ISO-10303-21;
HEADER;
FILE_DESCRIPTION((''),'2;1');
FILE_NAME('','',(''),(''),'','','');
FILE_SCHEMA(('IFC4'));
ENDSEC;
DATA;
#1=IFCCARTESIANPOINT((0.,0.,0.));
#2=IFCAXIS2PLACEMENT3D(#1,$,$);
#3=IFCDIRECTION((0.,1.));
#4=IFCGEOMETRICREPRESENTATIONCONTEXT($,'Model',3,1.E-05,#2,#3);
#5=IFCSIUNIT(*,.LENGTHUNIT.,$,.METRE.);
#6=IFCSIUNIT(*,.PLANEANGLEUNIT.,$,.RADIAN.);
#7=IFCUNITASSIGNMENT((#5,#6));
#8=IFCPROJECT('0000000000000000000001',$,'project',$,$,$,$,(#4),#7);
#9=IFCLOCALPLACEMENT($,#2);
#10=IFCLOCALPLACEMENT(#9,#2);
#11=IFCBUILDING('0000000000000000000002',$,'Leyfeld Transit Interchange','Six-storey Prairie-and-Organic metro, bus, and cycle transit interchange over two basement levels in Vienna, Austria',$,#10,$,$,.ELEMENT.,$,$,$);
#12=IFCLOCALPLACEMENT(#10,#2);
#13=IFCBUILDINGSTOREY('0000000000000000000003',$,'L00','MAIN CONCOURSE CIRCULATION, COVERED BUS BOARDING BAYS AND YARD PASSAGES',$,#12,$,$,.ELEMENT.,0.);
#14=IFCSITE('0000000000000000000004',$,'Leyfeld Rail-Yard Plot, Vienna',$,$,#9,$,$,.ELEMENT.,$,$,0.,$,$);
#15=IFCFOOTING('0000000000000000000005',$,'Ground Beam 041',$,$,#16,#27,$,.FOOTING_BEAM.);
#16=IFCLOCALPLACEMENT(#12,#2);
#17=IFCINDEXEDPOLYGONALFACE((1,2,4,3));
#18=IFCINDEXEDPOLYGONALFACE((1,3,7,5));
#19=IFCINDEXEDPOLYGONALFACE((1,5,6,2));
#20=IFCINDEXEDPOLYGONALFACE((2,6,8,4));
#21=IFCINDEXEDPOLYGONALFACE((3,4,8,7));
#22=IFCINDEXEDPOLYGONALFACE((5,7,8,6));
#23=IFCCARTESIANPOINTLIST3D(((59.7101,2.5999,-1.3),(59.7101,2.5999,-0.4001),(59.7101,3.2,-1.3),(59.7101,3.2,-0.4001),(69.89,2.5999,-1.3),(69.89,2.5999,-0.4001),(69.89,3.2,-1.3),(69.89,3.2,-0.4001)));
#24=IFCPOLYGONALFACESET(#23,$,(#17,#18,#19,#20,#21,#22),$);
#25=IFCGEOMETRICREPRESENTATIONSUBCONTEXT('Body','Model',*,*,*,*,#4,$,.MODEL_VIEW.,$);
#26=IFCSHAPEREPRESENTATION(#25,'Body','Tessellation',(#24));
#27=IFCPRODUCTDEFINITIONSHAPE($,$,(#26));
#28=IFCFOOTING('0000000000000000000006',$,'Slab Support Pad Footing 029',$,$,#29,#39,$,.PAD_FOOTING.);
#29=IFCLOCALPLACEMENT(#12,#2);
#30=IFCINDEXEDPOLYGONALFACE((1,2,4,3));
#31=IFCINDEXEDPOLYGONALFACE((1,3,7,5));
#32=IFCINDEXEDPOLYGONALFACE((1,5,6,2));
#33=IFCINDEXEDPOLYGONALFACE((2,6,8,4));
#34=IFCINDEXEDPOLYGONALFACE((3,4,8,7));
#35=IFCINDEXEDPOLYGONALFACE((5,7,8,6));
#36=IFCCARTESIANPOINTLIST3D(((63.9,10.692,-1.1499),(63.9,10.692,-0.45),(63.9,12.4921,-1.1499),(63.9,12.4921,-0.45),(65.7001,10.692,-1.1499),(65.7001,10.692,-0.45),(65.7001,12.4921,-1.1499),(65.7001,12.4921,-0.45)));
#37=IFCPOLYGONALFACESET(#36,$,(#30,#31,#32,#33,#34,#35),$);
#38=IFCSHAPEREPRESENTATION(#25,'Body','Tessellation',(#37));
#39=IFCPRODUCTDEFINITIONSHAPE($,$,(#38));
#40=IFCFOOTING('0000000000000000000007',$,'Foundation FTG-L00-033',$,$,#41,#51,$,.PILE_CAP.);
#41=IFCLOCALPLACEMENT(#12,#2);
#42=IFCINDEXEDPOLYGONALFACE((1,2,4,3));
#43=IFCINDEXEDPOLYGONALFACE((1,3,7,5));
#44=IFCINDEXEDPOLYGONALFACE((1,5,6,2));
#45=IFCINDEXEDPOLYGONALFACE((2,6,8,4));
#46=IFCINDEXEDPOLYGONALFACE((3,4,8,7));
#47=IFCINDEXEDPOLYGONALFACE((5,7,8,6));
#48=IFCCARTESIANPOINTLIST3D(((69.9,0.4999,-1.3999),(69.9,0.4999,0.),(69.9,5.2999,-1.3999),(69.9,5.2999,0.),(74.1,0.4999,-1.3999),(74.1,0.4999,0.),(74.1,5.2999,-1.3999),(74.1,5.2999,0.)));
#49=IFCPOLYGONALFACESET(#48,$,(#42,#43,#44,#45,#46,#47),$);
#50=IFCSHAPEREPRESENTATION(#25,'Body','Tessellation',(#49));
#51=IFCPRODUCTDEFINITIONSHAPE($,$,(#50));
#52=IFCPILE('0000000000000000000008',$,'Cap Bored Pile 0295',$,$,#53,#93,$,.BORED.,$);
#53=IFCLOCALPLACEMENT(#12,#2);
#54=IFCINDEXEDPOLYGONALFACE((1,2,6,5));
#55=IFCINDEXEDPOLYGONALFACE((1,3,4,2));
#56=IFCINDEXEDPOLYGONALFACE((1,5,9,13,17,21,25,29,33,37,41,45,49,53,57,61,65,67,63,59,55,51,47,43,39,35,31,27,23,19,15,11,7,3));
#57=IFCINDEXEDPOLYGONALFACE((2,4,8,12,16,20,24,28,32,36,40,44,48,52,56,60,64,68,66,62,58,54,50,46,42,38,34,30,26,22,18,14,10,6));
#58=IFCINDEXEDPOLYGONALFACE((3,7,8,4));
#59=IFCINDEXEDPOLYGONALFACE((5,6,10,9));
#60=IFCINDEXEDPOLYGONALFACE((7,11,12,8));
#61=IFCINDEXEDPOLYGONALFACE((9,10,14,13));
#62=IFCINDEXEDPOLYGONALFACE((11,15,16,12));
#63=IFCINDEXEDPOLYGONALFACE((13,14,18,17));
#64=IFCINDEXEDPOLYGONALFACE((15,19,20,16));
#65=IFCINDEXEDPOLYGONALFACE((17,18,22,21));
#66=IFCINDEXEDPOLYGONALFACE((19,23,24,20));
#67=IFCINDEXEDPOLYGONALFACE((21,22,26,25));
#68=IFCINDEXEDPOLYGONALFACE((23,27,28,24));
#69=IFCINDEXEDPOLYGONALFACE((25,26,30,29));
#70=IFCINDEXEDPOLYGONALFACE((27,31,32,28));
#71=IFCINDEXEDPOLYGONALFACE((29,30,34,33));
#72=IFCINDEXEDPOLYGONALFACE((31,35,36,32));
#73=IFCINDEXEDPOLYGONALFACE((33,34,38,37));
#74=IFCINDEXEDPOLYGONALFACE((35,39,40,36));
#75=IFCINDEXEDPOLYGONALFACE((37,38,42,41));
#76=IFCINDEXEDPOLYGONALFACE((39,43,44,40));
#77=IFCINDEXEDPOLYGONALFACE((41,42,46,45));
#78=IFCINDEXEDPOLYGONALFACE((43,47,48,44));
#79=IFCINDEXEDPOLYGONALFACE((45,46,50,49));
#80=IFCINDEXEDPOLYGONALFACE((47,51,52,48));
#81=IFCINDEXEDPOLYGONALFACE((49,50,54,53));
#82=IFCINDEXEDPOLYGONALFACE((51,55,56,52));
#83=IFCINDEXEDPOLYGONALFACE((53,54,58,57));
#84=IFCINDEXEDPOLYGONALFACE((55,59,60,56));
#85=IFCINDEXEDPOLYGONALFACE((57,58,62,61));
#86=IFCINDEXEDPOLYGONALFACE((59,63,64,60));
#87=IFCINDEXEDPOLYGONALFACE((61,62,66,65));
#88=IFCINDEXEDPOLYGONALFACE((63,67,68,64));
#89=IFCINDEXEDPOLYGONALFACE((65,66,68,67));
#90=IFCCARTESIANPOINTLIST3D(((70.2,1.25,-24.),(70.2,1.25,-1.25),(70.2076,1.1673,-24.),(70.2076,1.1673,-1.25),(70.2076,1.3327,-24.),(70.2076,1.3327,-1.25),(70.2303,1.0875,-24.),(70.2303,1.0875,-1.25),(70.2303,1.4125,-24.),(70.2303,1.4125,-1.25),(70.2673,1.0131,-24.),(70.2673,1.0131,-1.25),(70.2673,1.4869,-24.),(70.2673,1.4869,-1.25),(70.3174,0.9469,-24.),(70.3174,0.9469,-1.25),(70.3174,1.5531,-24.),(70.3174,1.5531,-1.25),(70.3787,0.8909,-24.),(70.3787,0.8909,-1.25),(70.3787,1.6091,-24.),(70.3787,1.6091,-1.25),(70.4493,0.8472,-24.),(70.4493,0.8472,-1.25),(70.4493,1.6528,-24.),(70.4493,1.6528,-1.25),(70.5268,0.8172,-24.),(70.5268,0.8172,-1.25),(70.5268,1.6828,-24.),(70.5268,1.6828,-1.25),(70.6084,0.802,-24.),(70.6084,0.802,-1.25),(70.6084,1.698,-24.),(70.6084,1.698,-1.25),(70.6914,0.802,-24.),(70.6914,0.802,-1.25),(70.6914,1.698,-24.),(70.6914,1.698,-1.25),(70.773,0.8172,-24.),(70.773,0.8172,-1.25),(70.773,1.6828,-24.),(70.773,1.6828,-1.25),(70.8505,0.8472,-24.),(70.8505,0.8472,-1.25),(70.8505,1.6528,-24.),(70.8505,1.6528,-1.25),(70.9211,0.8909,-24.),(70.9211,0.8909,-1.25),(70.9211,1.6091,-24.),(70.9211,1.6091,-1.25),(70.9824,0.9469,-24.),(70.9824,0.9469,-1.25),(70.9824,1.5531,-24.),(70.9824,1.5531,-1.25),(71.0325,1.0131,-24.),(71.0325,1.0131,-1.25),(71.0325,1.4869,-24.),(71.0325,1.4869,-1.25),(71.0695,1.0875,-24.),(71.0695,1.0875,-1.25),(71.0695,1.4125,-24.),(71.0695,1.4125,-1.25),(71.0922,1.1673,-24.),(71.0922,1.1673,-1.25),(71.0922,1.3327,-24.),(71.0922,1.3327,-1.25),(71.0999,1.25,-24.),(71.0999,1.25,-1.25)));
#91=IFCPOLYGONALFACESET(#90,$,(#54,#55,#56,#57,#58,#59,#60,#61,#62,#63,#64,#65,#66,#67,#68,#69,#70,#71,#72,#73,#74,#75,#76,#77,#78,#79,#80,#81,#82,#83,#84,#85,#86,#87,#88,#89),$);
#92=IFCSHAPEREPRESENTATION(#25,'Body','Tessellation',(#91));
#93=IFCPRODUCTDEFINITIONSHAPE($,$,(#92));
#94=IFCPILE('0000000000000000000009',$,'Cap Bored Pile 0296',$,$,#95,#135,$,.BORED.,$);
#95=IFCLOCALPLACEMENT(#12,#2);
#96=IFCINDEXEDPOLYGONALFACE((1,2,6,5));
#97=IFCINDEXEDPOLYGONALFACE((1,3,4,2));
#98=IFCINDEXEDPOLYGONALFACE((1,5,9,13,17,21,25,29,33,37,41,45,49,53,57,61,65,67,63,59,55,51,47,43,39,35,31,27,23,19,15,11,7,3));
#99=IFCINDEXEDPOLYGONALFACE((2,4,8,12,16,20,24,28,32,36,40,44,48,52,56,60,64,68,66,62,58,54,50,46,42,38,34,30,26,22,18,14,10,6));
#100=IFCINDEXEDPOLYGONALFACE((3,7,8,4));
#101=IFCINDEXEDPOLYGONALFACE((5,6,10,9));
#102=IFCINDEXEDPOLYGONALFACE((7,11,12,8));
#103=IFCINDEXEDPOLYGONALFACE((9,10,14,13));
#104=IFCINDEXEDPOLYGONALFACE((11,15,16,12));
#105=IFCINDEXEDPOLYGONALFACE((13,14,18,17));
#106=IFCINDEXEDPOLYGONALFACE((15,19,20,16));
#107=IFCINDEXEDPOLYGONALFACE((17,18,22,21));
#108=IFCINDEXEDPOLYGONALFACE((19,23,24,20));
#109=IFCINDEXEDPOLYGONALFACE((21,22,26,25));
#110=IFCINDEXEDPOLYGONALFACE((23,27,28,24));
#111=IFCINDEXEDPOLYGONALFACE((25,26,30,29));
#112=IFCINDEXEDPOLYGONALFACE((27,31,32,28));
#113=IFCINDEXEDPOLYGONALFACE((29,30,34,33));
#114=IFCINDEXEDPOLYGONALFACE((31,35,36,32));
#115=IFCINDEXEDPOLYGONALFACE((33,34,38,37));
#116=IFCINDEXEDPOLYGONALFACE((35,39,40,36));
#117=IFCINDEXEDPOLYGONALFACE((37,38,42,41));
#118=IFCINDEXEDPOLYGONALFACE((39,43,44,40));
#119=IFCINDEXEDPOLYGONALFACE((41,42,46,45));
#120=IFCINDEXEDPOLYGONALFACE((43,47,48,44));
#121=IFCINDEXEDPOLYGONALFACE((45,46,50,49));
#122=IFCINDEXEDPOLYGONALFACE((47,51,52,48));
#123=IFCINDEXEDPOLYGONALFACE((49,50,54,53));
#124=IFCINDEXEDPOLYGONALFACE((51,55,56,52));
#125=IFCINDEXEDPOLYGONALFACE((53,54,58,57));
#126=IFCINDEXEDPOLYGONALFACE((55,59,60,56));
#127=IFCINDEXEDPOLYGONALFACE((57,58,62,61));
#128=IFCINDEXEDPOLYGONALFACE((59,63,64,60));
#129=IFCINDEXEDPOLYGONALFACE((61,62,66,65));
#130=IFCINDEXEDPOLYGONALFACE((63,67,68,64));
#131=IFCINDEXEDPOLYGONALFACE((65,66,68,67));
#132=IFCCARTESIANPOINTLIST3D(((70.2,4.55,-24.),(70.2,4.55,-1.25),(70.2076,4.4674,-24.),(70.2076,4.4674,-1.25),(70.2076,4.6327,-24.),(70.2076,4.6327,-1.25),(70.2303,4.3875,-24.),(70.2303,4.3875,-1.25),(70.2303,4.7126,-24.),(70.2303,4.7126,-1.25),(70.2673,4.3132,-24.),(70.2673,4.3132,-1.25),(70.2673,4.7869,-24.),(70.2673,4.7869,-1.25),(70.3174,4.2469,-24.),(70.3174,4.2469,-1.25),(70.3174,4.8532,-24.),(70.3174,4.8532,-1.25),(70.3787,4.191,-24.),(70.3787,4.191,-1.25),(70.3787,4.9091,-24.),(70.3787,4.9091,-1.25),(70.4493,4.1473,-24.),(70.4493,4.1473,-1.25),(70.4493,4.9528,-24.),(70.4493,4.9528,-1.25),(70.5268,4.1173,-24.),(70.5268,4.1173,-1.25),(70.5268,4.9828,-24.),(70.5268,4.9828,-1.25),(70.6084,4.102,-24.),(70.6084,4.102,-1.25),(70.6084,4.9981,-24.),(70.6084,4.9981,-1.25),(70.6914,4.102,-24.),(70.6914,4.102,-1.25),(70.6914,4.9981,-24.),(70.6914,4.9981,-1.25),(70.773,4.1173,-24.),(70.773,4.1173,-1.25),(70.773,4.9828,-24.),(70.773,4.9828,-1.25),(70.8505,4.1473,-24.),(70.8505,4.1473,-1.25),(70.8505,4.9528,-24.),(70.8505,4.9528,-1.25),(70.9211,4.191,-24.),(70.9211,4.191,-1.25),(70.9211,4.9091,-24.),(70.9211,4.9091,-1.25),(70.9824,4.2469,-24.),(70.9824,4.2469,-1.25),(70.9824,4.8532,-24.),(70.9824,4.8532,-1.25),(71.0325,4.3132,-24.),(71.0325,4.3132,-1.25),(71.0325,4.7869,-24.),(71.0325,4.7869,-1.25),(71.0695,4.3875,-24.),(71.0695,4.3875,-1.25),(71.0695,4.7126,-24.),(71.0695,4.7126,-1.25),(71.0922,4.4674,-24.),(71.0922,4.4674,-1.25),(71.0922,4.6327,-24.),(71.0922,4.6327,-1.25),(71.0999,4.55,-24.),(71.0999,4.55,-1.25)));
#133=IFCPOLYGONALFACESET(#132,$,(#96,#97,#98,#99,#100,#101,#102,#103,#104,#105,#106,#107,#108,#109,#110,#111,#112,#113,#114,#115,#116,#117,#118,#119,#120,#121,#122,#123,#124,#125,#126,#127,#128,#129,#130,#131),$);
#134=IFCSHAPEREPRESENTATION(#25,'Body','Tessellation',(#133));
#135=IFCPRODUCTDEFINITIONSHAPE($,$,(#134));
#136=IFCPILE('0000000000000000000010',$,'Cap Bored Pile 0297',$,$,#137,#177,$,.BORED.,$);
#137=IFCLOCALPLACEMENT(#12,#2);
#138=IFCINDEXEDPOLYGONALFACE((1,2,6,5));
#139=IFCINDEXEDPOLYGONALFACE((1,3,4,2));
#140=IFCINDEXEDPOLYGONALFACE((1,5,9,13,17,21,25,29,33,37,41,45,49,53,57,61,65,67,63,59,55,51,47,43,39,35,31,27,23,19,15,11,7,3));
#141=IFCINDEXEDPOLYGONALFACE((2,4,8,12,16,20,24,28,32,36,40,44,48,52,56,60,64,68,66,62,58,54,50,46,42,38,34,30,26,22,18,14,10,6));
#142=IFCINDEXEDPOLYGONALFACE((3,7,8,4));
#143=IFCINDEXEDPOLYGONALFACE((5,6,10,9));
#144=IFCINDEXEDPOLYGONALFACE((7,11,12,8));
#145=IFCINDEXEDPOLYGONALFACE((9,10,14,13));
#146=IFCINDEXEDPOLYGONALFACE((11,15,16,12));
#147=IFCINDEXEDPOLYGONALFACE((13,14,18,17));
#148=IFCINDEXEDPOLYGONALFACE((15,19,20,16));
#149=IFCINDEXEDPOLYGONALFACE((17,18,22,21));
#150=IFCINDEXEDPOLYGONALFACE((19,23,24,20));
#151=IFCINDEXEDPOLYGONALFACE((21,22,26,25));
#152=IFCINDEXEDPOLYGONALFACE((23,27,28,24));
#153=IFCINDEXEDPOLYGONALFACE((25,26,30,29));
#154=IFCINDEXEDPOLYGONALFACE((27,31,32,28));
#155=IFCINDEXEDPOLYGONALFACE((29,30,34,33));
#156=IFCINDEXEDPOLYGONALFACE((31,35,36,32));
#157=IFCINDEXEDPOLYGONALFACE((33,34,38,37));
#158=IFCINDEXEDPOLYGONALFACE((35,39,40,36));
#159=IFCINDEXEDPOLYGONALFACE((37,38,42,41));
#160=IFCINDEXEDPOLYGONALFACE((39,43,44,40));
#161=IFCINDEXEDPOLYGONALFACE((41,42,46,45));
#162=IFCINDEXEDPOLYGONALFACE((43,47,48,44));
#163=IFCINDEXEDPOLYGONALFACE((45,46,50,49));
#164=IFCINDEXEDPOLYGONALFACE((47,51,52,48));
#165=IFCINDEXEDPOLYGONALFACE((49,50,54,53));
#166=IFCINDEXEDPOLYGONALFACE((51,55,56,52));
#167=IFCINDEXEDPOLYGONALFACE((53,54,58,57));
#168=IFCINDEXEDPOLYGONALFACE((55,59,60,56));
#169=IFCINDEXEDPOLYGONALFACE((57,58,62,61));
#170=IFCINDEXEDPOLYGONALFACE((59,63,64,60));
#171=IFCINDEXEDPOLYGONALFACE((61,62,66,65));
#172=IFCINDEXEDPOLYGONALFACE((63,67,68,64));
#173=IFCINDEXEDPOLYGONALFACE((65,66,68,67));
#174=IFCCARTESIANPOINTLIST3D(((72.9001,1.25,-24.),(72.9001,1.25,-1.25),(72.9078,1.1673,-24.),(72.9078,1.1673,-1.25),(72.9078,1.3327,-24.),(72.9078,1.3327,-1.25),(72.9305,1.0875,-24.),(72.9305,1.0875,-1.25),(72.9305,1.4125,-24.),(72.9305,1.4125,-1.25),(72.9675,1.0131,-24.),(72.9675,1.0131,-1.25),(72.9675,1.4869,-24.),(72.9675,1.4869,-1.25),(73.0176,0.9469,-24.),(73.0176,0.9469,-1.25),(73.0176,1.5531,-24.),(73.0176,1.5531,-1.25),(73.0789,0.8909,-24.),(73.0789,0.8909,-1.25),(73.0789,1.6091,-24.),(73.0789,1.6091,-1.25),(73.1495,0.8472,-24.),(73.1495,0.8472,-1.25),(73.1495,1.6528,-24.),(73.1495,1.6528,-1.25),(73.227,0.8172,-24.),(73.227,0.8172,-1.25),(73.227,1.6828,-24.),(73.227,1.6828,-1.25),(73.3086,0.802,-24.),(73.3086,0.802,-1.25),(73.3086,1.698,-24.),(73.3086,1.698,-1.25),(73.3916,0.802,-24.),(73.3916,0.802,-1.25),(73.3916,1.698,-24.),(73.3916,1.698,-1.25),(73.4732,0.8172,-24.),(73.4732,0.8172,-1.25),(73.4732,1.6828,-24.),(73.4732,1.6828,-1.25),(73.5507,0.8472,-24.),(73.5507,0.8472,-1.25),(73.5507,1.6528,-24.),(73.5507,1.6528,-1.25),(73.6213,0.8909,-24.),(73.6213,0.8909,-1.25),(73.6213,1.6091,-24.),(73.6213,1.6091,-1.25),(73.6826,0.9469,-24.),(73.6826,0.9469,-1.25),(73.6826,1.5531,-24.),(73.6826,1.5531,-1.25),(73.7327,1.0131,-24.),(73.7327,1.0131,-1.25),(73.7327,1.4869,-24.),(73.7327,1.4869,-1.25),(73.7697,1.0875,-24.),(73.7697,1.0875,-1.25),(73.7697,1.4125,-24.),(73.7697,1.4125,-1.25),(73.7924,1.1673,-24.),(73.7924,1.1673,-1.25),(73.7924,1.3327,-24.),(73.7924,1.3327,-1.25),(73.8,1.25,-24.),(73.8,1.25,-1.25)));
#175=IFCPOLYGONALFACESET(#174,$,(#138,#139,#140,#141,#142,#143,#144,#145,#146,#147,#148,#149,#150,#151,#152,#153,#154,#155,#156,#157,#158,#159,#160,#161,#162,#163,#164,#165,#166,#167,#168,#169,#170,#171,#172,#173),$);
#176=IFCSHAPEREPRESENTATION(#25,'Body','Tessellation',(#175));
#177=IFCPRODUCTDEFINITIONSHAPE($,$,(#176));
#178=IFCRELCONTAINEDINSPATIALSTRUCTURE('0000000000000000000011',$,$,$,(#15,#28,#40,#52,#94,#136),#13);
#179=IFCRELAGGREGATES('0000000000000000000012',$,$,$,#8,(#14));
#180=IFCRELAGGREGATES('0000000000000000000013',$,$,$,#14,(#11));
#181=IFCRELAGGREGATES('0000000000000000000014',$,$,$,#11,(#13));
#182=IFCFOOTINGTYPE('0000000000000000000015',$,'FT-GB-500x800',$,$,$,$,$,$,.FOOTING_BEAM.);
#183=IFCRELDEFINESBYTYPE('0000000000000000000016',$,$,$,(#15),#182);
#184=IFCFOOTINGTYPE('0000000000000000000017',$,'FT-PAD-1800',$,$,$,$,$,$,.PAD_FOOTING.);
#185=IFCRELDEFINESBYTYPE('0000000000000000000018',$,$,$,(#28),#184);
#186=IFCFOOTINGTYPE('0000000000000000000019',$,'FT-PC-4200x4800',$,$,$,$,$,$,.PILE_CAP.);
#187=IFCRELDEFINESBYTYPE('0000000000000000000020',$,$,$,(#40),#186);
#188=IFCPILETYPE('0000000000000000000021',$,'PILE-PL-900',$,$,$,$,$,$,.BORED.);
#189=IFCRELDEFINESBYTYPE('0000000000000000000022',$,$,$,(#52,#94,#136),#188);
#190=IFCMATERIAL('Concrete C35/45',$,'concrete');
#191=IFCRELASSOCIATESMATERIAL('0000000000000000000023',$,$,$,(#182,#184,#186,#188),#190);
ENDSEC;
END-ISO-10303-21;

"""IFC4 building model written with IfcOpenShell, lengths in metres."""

from ifc_helpers import new_model, si_unit, direction, frame, origin, origin_2d, place, context, subcontext, project, spatial, rectangle, circle, extrude, material, material_profile, profile_set, type_object, element, save


model = new_model("IFC4")

# Units and contexts
model_context = context("Model", 3, precision=1e-05, world=origin(), true_north=direction((0.0, 1.0)))
body_context = subcontext(model_context, "Body", "Model", "MODEL_VIEW")
ifc_project = project(units=[si_unit("LENGTHUNIT", "METRE"), si_unit("PLANEANGLEUNIT", "RADIAN")], contexts=[model_context])

# Site, building, storey
site_placement = place(None, origin())
site = spatial("IfcSite", under=ifc_project, at=site_placement, Name="Leyfeld Rail-Yard Plot, Vienna", CompositionType="ELEMENT", RefElevation=0.0)
building_placement = place(site_placement, origin())
building = spatial("IfcBuilding", under=site, at=building_placement, Name="Leyfeld Transit Interchange", Description="Six-storey Prairie-and-Organic metro, bus, and cycle transit interchange over two basement levels in Vienna, Austria", CompositionType="ELEMENT")
storey_placement = place(building_placement, origin())
storey = spatial("IfcBuildingStorey", under=building, at=storey_placement, Name="L00", Description="MAIN CONCOURSE CIRCULATION, COVERED BUS BOARDING BAYS AND YARD PASSAGES", CompositionType="ELEMENT", Elevation=0.0)

# Footings
ifc_material_1 = material(Name="Concrete C35/45", Category="concrete")
footing_type_1 = type_object("IfcFootingType", Name="FT-GB-500x800", PredefinedType="FOOTING_BEAM", material=ifc_material_1)
footing_1_placement = place(storey_placement, frame((64.8, 2.8999, -1.3), z_axis=(0.0, 0.0, 1.0), x_axis=(1.0, 0.0, 0.0)))
element("IfcFooting", 1, at=footing_1_placement, inside=storey, type_object=footing_type_1, Name="Ground Beam 041", PredefinedType="FOOTING_BEAM", context=body_context, shape_type="SweptSolid", body=[
    extrude(rectangle(XDim=10.1799, YDim=0.6001, at=origin_2d()), origin(), (0.0, 0.0, 1.0), 0.8999),
])
footing_type_2 = type_object("IfcFootingType", Name="FT-PAD-1800", PredefinedType="PAD_FOOTING", material=ifc_material_1)
footing_2_placement = place(storey_placement, frame((64.8, 11.592, -1.1499), z_axis=(0.0, 0.0, 1.0), x_axis=(1.0, 0.0, 0.0)))
element("IfcFooting", 2, at=footing_2_placement, inside=storey, type_object=footing_type_2, Name="Slab Support Pad Footing 029", PredefinedType="PAD_FOOTING", context=body_context, shape_type="SweptSolid", body=[
    extrude(rectangle(XDim=1.8, YDim=1.8, at=origin_2d()), origin(), (0.0, 0.0, 1.0), 0.7),
])
footing_type_3 = type_object("IfcFootingType", Name="FT-PC-4200x4800", PredefinedType="PILE_CAP", material=ifc_material_1)
footing_3_placement = place(storey_placement, frame((72.0, 2.8999, -1.3999), z_axis=(0.0, 0.0, 1.0), x_axis=(1.0, 0.0, 0.0)))
element("IfcFooting", 3, at=footing_3_placement, inside=storey, type_object=footing_type_3, Name="Foundation FTG-L00-033", PredefinedType="PILE_CAP", context=body_context, shape_type="SweptSolid", body=[
    extrude(rectangle(XDim=4.2, YDim=4.8, at=origin_2d()), origin(), (0.0, 0.0, 1.0), 1.3999),
])

# Piles
ifc_material_profile_1 = material_profile(ifc_material_1, circle(Radius=0.45, at=origin_2d()), Name="PILE D900")
ifc_profile_set_1 = profile_set([ifc_material_profile_1], Name="Concrete C35/45")
pile_type = type_object("IfcPileType", Name="PILE-PL-900", PredefinedType="BORED", material=ifc_profile_set_1)
for number, where, z_axis, x_axis, name in (
    (4, (70.6499, 1.25, -1.25), (0.0, 0.0, -1.0), (1.0, 0.0, 0.0), "Cap Bored Pile 0295"),
    (5, (70.6499, 4.55, -1.25), (0.0, 0.0, -1.0), (1.0, 0.0, 0.0), "Cap Bored Pile 0296"),
    (6, (73.3501, 1.25, -1.25), (0.0, 0.0, -1.0), (1.0, 0.0, 0.0), "Cap Bored Pile 0297"),
):
    element("IfcPile", number, at=place(storey_placement, frame(where, z_axis=z_axis, x_axis=x_axis)), inside=storey, type_object=pile_type, Name=name, PredefinedType="BORED", context=body_context, shape_type="SweptSolid", body=[
        extrude(circle(Radius=0.45, at=origin_2d()), origin(), (0.0, 0.0, 1.0), 22.75),
    ])

save(model, "model.ifc")
